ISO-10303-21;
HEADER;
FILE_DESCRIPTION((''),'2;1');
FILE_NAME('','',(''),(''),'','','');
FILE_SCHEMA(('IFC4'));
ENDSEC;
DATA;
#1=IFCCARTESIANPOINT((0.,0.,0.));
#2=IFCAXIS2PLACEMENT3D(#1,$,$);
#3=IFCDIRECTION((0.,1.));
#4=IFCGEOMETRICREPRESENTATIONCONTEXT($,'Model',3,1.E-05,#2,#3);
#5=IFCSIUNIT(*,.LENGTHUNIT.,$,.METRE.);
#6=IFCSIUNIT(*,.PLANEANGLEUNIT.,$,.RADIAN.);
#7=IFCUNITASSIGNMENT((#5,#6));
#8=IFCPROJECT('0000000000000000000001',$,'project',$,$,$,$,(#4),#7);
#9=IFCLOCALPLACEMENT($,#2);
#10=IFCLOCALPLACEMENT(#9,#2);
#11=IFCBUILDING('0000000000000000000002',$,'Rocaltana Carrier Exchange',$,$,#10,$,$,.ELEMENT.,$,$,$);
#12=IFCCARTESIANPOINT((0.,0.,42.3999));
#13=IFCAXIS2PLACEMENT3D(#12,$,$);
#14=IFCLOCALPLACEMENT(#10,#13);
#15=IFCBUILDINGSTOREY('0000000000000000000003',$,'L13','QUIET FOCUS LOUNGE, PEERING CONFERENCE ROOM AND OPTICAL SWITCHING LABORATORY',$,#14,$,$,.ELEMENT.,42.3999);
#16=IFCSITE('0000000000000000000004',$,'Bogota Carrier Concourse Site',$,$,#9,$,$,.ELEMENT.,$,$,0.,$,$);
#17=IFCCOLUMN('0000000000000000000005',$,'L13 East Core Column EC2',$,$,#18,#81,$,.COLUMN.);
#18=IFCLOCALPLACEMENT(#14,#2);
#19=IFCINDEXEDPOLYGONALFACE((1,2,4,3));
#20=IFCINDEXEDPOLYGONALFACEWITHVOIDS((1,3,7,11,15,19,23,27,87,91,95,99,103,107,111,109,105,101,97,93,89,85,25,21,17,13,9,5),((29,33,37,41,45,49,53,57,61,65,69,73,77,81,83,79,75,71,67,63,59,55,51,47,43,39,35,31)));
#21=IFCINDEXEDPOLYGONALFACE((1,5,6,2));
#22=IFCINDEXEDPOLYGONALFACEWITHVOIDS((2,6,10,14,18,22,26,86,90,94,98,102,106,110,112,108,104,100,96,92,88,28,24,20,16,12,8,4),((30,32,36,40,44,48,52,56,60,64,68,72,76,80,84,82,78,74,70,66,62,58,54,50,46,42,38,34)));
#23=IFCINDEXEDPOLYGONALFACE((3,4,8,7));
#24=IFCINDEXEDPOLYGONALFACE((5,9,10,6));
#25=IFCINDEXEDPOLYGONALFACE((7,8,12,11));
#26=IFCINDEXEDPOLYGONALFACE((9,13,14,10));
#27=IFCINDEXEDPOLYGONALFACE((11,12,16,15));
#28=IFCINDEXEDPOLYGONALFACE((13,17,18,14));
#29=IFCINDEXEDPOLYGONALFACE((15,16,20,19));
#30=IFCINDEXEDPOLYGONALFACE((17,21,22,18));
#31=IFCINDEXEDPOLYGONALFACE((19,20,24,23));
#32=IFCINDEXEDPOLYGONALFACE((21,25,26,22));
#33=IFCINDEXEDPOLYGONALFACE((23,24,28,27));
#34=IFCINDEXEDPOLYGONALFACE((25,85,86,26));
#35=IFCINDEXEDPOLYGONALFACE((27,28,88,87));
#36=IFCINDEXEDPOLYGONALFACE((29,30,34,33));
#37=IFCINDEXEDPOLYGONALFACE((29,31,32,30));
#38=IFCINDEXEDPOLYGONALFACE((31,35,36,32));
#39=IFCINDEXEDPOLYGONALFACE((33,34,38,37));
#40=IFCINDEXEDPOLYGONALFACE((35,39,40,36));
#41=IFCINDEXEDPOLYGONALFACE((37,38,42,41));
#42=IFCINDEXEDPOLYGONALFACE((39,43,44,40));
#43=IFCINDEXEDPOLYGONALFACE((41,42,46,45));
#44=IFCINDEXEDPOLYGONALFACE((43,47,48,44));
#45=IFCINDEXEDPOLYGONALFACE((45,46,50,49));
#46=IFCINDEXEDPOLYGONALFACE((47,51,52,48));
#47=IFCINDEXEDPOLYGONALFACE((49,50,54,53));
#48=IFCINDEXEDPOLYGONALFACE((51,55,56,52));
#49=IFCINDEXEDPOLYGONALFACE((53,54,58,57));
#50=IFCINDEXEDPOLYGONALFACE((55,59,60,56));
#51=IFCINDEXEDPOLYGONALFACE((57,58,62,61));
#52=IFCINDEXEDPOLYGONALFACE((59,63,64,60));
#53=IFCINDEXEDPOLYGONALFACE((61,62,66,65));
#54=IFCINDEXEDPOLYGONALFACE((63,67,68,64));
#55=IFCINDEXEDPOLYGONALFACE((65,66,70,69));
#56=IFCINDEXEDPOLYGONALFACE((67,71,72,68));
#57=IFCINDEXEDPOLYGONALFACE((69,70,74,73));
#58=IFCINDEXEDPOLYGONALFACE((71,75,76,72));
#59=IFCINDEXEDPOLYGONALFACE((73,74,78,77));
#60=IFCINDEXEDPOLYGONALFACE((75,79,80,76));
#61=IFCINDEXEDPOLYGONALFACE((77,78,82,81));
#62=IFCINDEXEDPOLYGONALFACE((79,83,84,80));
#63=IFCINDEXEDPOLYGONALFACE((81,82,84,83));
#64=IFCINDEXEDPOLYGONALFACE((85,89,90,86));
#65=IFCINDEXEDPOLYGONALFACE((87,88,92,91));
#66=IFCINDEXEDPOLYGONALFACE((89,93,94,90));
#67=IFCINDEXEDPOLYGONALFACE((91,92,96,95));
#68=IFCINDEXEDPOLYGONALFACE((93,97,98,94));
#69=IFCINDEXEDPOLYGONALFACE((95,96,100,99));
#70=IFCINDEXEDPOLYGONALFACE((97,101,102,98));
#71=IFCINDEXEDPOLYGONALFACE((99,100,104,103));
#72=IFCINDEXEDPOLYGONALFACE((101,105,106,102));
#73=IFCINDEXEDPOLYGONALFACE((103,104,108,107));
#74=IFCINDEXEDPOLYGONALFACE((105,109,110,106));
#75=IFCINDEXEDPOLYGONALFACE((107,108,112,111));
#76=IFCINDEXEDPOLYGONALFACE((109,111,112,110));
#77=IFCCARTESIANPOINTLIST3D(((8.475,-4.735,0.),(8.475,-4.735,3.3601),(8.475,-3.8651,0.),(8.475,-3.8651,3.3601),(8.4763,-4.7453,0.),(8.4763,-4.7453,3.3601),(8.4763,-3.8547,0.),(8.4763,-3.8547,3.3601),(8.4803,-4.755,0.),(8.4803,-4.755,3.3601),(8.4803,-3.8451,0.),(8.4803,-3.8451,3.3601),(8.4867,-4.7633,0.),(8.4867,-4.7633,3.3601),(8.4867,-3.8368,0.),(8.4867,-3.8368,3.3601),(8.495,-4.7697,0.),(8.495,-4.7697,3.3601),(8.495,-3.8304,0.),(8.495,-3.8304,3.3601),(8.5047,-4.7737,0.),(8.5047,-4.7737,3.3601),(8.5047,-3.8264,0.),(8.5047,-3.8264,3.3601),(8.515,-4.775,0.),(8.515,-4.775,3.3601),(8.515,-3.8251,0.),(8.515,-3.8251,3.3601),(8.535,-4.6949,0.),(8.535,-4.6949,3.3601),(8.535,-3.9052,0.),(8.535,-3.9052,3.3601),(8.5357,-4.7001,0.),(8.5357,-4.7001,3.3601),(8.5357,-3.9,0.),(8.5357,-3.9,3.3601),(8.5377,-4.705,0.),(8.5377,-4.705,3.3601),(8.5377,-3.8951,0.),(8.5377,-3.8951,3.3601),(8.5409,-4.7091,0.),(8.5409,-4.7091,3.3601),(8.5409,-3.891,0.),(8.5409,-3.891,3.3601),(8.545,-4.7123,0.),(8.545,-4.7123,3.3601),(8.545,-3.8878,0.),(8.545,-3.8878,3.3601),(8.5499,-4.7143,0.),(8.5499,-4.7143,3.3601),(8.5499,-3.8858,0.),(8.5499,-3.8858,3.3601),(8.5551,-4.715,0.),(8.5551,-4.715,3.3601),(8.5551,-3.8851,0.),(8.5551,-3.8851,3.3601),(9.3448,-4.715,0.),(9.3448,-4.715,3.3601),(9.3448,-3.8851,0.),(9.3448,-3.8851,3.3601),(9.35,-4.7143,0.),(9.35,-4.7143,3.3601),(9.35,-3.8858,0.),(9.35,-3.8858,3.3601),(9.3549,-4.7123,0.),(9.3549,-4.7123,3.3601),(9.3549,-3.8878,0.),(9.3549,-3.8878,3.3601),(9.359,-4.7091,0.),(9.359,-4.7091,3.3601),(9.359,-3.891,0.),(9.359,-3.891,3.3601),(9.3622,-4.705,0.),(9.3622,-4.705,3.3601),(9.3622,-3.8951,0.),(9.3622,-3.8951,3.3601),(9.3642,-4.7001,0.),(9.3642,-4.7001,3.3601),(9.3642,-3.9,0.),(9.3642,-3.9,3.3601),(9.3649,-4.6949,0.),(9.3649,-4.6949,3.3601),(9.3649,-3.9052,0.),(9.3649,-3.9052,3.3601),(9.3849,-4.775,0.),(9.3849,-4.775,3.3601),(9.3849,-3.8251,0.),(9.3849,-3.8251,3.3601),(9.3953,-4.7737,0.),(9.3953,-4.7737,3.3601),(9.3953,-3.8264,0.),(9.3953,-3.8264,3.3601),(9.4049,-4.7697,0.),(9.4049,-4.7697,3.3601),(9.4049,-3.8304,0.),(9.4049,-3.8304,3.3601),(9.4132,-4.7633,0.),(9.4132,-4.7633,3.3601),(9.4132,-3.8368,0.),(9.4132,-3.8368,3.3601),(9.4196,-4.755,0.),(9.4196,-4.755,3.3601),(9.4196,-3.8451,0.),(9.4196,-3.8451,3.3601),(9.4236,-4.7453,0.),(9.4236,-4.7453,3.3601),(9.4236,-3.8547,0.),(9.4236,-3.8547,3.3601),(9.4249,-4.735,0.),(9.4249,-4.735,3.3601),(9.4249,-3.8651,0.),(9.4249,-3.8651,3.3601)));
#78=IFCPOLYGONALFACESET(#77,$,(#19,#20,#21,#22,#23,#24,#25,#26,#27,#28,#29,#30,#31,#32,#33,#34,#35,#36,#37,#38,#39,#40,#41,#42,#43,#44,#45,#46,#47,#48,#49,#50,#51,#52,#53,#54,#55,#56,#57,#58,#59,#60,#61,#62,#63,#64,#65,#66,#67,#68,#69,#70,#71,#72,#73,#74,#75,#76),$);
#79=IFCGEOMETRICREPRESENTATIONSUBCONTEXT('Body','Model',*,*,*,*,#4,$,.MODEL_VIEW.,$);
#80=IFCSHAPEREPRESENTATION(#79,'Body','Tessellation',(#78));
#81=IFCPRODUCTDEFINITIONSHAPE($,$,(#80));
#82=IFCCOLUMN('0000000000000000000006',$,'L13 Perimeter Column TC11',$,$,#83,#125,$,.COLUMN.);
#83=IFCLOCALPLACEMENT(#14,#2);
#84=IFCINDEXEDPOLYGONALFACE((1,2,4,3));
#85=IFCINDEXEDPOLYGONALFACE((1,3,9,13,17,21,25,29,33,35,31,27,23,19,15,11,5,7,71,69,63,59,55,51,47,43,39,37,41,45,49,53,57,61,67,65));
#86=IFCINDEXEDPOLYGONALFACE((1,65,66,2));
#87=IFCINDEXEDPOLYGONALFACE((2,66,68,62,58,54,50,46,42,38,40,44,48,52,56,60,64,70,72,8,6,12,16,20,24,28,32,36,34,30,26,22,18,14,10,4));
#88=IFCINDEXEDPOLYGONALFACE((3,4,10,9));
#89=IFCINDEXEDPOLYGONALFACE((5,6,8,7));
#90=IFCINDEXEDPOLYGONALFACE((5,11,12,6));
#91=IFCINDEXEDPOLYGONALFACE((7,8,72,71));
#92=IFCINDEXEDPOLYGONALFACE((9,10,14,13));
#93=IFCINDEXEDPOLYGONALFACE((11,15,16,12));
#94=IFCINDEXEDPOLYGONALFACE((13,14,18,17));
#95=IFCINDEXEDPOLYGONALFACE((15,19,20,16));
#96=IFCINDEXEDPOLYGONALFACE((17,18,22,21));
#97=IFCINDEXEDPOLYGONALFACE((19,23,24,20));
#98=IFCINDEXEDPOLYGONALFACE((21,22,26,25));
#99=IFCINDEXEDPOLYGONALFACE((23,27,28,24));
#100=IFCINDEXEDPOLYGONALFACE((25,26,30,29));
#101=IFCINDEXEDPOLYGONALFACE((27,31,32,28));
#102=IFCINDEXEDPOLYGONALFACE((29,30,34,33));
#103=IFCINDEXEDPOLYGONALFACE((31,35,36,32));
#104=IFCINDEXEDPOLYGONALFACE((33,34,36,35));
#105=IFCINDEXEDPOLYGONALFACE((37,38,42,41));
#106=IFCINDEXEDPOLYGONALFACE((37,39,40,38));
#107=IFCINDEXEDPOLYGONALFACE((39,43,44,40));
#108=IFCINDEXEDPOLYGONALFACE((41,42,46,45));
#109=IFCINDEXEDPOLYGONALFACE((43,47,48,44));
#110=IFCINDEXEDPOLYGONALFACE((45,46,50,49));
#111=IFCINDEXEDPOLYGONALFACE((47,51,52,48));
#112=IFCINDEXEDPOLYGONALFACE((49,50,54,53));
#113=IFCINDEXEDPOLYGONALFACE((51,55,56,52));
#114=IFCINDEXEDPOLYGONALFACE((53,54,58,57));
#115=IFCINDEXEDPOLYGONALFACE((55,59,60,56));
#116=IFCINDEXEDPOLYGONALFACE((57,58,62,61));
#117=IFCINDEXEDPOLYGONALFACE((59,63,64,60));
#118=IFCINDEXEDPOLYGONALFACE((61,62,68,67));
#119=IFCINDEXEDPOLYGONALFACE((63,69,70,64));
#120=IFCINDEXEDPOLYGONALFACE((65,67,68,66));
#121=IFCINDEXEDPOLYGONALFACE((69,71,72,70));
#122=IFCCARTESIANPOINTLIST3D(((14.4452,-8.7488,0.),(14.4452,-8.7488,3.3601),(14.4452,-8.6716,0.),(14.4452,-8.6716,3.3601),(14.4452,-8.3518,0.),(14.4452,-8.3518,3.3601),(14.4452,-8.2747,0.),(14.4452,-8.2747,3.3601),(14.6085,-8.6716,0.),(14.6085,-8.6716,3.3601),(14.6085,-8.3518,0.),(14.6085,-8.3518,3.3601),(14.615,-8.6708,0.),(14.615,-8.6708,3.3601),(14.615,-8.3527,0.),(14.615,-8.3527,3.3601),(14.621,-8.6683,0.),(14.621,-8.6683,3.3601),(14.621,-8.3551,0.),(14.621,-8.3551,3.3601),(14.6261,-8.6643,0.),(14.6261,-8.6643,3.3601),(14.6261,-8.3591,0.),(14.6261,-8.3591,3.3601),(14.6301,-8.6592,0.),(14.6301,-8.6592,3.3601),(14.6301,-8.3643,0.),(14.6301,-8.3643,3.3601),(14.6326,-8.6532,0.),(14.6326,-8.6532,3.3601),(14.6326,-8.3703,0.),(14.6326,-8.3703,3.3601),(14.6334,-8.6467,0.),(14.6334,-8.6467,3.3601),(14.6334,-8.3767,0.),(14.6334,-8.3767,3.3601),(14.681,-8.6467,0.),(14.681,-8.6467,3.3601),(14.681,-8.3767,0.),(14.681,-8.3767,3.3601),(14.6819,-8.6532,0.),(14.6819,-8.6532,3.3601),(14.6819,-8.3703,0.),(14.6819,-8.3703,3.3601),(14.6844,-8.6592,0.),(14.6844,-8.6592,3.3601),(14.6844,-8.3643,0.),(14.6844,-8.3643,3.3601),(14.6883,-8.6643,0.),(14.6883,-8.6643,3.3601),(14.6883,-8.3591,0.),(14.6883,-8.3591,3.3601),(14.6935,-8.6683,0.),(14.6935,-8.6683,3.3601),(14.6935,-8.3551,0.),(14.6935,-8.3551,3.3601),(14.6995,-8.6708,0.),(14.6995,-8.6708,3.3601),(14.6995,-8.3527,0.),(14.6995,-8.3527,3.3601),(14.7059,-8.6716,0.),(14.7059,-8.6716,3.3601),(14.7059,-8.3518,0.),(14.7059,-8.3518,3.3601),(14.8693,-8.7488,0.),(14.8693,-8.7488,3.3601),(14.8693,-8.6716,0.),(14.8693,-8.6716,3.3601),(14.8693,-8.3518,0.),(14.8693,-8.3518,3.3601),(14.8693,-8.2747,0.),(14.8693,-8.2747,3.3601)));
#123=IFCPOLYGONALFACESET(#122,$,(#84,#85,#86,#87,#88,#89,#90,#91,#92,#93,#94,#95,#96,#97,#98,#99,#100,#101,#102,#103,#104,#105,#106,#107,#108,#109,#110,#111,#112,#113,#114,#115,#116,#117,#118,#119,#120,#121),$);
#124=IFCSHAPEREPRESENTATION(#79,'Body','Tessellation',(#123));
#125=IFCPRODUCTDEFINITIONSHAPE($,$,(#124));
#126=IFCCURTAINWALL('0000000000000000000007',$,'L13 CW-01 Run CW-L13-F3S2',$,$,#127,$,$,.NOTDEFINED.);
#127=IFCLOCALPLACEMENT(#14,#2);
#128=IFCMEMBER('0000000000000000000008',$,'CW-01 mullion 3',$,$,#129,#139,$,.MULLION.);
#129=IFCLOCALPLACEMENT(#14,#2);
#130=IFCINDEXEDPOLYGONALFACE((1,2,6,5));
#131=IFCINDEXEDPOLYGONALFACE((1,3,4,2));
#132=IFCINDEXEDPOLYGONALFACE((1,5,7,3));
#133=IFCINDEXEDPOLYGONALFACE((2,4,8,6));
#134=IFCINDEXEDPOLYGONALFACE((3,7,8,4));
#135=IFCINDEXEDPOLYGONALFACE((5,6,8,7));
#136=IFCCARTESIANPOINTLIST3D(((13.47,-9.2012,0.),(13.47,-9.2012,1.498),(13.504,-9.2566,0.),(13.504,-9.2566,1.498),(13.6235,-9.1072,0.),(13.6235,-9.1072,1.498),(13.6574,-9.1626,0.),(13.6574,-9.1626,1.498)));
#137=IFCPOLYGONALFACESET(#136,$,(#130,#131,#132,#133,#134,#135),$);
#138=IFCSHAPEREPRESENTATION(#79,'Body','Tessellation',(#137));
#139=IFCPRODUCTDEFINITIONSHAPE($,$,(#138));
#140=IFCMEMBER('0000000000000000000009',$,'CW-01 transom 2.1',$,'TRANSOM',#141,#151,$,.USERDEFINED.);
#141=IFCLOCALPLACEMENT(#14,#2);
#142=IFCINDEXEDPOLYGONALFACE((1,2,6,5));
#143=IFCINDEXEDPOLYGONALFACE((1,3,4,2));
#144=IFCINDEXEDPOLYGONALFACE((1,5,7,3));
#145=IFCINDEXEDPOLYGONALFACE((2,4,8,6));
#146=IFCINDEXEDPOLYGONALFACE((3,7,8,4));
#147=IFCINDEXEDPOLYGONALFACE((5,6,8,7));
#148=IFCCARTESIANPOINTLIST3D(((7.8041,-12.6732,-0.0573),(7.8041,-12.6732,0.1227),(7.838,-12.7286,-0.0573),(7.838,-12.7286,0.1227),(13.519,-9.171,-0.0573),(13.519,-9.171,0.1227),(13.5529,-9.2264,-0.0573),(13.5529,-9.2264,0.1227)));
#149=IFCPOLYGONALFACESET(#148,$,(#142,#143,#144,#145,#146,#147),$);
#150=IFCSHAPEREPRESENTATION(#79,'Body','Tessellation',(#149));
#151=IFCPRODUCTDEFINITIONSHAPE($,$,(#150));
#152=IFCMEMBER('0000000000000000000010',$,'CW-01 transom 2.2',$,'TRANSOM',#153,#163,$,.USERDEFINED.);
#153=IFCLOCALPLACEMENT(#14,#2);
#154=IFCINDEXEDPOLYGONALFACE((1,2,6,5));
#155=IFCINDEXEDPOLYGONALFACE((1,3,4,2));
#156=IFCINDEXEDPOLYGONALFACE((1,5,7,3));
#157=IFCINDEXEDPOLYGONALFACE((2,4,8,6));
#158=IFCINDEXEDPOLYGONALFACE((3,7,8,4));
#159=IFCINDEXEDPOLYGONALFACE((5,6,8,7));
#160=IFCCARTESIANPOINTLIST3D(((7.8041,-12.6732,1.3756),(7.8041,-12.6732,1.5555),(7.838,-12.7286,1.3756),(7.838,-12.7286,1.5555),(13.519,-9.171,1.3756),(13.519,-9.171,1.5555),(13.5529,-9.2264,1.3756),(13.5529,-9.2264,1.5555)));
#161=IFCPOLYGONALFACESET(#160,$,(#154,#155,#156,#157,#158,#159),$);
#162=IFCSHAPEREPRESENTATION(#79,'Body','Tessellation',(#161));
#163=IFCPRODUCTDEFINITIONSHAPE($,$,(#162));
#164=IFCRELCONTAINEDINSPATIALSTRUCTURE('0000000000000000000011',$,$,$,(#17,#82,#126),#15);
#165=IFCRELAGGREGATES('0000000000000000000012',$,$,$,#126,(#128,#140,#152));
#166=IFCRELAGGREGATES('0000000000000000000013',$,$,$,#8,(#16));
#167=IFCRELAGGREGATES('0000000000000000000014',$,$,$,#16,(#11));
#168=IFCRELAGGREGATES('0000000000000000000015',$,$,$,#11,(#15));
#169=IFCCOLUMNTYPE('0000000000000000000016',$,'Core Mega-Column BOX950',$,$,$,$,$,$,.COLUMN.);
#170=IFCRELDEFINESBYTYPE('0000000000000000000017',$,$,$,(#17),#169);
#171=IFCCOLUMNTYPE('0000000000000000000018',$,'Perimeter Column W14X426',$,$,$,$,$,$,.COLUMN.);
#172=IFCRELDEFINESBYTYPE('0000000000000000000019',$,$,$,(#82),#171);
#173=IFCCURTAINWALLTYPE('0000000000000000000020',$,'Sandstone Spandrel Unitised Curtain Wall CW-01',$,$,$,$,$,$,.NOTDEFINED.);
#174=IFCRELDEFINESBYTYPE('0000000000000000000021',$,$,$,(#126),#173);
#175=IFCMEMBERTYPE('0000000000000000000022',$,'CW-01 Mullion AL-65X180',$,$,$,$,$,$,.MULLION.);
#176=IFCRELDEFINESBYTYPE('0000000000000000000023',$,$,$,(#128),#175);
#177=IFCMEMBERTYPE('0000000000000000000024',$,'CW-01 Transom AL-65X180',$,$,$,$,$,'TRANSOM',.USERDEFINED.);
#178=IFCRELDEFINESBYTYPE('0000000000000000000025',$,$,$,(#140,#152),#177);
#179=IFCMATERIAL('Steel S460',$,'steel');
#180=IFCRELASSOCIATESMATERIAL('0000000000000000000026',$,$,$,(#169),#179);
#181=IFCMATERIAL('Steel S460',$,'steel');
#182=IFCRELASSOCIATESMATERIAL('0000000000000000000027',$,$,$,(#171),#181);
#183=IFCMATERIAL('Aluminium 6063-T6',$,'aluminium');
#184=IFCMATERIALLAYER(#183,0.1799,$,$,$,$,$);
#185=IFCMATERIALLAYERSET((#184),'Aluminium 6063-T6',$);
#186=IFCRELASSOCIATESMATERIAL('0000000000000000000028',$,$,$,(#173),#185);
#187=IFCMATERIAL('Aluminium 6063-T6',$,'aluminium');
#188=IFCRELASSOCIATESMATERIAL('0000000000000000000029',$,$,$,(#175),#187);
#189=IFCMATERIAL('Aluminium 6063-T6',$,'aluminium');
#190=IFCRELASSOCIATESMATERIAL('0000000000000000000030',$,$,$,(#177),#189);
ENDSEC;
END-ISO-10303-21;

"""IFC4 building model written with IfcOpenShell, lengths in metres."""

from ifc_helpers import new_model, si_unit, direction, frame, origin, origin_2d, place, context, subcontext, project, spatial, rectangle, hollow_rectangle, i_section, extrude, material, layer, layer_set, material_profile, profile_set, type_object, element, aggregate, save


model = new_model("IFC4")

# Units and contexts
model_context = context("Model", 3, precision=1e-05, world=origin(), true_north=direction((0.0, 1.0)))
body_context = subcontext(model_context, "Body", "Model", "MODEL_VIEW")
ifc_project = project(units=[si_unit("LENGTHUNIT", "METRE"), si_unit("PLANEANGLEUNIT", "RADIAN")], contexts=[model_context])

# Site, building, storey
site_placement = place(None, origin())
site = spatial("IfcSite", under=ifc_project, at=site_placement, Name="Bogota Carrier Concourse Site", CompositionType="ELEMENT", RefElevation=0.0)
building_placement = place(site_placement, origin())
building = spatial("IfcBuilding", under=site, at=building_placement, Name="Rocaltana Carrier Exchange", CompositionType="ELEMENT")
storey_placement = place(building_placement, frame((0.0, 0.0, 42.3999)))
storey = spatial("IfcBuildingStorey", under=building, at=storey_placement, Name="L13", Description="QUIET FOCUS LOUNGE, PEERING CONFERENCE ROOM AND OPTICAL SWITCHING LABORATORY", CompositionType="ELEMENT", Elevation=42.3999)

# Columns
ifc_material_1 = material(Name="Steel S460", Category="steel")
ifc_material_profile_1 = material_profile(ifc_material_1, hollow_rectangle(XDim=0.95, YDim=0.95, WallThickness=0.0601, InnerFilletRadius=0.02, OuterFilletRadius=0.04, at=origin_2d()), Name="BOX950X950X60")
ifc_profile_set_1 = profile_set([ifc_material_profile_1], Name="Steel S460")
column_type_1 = type_object("IfcColumnType", Name="Core Mega-Column BOX950", PredefinedType="COLUMN", material=ifc_profile_set_1)
column_1_placement = place(storey_placement, frame((8.95, -4.3, 0.0), z_axis=(0.0, 0.0, 1.0), x_axis=(1.0, 0.0, 0.0)))
element("IfcColumn", 1, at=column_1_placement, inside=storey, type_object=column_type_1, Name="L13 East Core Column EC2", PredefinedType="COLUMN", context=body_context, shape_type="SweptSolid", body=[
    extrude(hollow_rectangle(XDim=0.95, YDim=0.95, WallThickness=0.0601, InnerFilletRadius=0.02, OuterFilletRadius=0.04, at=origin_2d()), origin(), (0.0, 0.0, 1.0), 3.3601),
])
ifc_material_2 = material(Name="Steel S460", Category="steel")
ifc_material_profile_2 = material_profile(ifc_material_2, i_section(OverallWidth=0.4241, OverallDepth=0.4741, WebThickness=0.0476, FlangeThickness=0.0771, FilletRadius=0.0249, at=origin_2d()), Name="W14X426")
ifc_profile_set_2 = profile_set([ifc_material_profile_2], Name="Steel S460")
column_type_2 = type_object("IfcColumnType", Name="Perimeter Column W14X426", PredefinedType="COLUMN", material=ifc_profile_set_2)
column_2_placement = place(storey_placement, frame((14.6572, -8.5117, 0.0), z_axis=(0.0, 0.0, 1.0), x_axis=(1.0, 0.0, 0.0)))
element("IfcColumn", 2, at=column_2_placement, inside=storey, type_object=column_type_2, Name="L13 Perimeter Column TC11", PredefinedType="COLUMN", context=body_context, shape_type="SweptSolid", body=[
    extrude(i_section(OverallWidth=0.4241, OverallDepth=0.4741, WebThickness=0.0476, FlangeThickness=0.0771, FilletRadius=0.0249, at=origin_2d()), origin(), (0.0, 0.0, 1.0), 3.3601),
])

# Curtain wall, members
ifc_material_3 = material(Name="Aluminium 6063-T6", Category="aluminium")
ifc_layer_1 = layer(ifc_material_3, 0.1799)
ifc_layer_set_1 = layer_set([ifc_layer_1], Name="Aluminium 6063-T6")
curtain_wall_type = type_object("IfcCurtainWallType", Name="Sandstone Spandrel Unitised Curtain Wall CW-01", PredefinedType="NOTDEFINED", material=ifc_layer_set_1)
curtain_wall_placement = place(storey_placement, origin())
curtain_wall = element("IfcCurtainWall", 3, at=curtain_wall_placement, inside=storey, type_object=curtain_wall_type, Name="L13 CW-01 Run CW-L13-F3S2", PredefinedType="NOTDEFINED")
ifc_material_4 = material(Name="Aluminium 6063-T6", Category="aluminium")
ifc_material_profile_3 = material_profile(ifc_material_4, rectangle(XDim=0.0649, YDim=0.1799, at=origin_2d()), Name="AL-65X180")
ifc_profile_set_3 = profile_set([ifc_material_profile_3], Name="Aluminium 6063-T6")
member_type_1 = type_object("IfcMemberType", Name="CW-01 Mullion AL-65X180", PredefinedType="MULLION", material=ifc_profile_set_3)
member_1_placement = place(storey_placement, frame((13.5637, -9.1819, 0.0), z_axis=(0.0, 0.0, 1.0), x_axis=(-0.5225, 0.852639, 0.0)))
member_1 = element("IfcMember", 4, at=member_1_placement, type_object=member_type_1, Name="CW-01 mullion 3", PredefinedType="MULLION", context=body_context, shape_type="SweptSolid", body=[
    extrude(rectangle(XDim=0.0649, YDim=0.1799, at=origin_2d()), origin(), (0.0, 0.0, 1.0), 1.498),
])
ifc_material_5 = material(Name="Aluminium 6063-T6", Category="aluminium")
ifc_material_profile_4 = material_profile(ifc_material_5, rectangle(XDim=0.0649, YDim=0.1799, at=origin_2d()), Name="AL-65X180")
ifc_profile_set_4 = profile_set([ifc_material_profile_4], Name="Aluminium 6063-T6")
member_type_2 = type_object("IfcMemberType", Name="CW-01 Transom AL-65X180", ElementType="TRANSOM", PredefinedType="USERDEFINED", material=ifc_profile_set_4)
member_2_placement = place(storey_placement, frame((7.821, -12.7009, 0.0327), z_axis=(0.852631, 0.522513, 0.0), x_axis=(-0.522513, 0.852631, 0.0)))
member_2 = element("IfcMember", 5, at=member_2_placement, type_object=member_type_2, Name="CW-01 transom 2.1", ObjectType="TRANSOM", PredefinedType="USERDEFINED", context=body_context, shape_type="SweptSolid", body=[
    extrude(rectangle(XDim=0.0649, YDim=0.1799, at=origin_2d()), origin(), (0.0, 0.0, 1.0), 6.7026),
])
member_3_placement = place(storey_placement, frame((7.821, -12.7009, 1.4656), z_axis=(0.852631, 0.522513, 0.0), x_axis=(-0.522513, 0.852631, 0.0)))
member_3 = element("IfcMember", 6, at=member_3_placement, type_object=member_type_2, Name="CW-01 transom 2.2", ObjectType="TRANSOM", PredefinedType="USERDEFINED", context=body_context, shape_type="SweptSolid", body=[
    extrude(rectangle(XDim=0.0649, YDim=0.1799, at=origin_2d()), origin(), (0.0, 0.0, 1.0), 6.7026),
])

aggregate(curtain_wall, [member_1, member_2, member_3])

save(model, "model.ifc")
